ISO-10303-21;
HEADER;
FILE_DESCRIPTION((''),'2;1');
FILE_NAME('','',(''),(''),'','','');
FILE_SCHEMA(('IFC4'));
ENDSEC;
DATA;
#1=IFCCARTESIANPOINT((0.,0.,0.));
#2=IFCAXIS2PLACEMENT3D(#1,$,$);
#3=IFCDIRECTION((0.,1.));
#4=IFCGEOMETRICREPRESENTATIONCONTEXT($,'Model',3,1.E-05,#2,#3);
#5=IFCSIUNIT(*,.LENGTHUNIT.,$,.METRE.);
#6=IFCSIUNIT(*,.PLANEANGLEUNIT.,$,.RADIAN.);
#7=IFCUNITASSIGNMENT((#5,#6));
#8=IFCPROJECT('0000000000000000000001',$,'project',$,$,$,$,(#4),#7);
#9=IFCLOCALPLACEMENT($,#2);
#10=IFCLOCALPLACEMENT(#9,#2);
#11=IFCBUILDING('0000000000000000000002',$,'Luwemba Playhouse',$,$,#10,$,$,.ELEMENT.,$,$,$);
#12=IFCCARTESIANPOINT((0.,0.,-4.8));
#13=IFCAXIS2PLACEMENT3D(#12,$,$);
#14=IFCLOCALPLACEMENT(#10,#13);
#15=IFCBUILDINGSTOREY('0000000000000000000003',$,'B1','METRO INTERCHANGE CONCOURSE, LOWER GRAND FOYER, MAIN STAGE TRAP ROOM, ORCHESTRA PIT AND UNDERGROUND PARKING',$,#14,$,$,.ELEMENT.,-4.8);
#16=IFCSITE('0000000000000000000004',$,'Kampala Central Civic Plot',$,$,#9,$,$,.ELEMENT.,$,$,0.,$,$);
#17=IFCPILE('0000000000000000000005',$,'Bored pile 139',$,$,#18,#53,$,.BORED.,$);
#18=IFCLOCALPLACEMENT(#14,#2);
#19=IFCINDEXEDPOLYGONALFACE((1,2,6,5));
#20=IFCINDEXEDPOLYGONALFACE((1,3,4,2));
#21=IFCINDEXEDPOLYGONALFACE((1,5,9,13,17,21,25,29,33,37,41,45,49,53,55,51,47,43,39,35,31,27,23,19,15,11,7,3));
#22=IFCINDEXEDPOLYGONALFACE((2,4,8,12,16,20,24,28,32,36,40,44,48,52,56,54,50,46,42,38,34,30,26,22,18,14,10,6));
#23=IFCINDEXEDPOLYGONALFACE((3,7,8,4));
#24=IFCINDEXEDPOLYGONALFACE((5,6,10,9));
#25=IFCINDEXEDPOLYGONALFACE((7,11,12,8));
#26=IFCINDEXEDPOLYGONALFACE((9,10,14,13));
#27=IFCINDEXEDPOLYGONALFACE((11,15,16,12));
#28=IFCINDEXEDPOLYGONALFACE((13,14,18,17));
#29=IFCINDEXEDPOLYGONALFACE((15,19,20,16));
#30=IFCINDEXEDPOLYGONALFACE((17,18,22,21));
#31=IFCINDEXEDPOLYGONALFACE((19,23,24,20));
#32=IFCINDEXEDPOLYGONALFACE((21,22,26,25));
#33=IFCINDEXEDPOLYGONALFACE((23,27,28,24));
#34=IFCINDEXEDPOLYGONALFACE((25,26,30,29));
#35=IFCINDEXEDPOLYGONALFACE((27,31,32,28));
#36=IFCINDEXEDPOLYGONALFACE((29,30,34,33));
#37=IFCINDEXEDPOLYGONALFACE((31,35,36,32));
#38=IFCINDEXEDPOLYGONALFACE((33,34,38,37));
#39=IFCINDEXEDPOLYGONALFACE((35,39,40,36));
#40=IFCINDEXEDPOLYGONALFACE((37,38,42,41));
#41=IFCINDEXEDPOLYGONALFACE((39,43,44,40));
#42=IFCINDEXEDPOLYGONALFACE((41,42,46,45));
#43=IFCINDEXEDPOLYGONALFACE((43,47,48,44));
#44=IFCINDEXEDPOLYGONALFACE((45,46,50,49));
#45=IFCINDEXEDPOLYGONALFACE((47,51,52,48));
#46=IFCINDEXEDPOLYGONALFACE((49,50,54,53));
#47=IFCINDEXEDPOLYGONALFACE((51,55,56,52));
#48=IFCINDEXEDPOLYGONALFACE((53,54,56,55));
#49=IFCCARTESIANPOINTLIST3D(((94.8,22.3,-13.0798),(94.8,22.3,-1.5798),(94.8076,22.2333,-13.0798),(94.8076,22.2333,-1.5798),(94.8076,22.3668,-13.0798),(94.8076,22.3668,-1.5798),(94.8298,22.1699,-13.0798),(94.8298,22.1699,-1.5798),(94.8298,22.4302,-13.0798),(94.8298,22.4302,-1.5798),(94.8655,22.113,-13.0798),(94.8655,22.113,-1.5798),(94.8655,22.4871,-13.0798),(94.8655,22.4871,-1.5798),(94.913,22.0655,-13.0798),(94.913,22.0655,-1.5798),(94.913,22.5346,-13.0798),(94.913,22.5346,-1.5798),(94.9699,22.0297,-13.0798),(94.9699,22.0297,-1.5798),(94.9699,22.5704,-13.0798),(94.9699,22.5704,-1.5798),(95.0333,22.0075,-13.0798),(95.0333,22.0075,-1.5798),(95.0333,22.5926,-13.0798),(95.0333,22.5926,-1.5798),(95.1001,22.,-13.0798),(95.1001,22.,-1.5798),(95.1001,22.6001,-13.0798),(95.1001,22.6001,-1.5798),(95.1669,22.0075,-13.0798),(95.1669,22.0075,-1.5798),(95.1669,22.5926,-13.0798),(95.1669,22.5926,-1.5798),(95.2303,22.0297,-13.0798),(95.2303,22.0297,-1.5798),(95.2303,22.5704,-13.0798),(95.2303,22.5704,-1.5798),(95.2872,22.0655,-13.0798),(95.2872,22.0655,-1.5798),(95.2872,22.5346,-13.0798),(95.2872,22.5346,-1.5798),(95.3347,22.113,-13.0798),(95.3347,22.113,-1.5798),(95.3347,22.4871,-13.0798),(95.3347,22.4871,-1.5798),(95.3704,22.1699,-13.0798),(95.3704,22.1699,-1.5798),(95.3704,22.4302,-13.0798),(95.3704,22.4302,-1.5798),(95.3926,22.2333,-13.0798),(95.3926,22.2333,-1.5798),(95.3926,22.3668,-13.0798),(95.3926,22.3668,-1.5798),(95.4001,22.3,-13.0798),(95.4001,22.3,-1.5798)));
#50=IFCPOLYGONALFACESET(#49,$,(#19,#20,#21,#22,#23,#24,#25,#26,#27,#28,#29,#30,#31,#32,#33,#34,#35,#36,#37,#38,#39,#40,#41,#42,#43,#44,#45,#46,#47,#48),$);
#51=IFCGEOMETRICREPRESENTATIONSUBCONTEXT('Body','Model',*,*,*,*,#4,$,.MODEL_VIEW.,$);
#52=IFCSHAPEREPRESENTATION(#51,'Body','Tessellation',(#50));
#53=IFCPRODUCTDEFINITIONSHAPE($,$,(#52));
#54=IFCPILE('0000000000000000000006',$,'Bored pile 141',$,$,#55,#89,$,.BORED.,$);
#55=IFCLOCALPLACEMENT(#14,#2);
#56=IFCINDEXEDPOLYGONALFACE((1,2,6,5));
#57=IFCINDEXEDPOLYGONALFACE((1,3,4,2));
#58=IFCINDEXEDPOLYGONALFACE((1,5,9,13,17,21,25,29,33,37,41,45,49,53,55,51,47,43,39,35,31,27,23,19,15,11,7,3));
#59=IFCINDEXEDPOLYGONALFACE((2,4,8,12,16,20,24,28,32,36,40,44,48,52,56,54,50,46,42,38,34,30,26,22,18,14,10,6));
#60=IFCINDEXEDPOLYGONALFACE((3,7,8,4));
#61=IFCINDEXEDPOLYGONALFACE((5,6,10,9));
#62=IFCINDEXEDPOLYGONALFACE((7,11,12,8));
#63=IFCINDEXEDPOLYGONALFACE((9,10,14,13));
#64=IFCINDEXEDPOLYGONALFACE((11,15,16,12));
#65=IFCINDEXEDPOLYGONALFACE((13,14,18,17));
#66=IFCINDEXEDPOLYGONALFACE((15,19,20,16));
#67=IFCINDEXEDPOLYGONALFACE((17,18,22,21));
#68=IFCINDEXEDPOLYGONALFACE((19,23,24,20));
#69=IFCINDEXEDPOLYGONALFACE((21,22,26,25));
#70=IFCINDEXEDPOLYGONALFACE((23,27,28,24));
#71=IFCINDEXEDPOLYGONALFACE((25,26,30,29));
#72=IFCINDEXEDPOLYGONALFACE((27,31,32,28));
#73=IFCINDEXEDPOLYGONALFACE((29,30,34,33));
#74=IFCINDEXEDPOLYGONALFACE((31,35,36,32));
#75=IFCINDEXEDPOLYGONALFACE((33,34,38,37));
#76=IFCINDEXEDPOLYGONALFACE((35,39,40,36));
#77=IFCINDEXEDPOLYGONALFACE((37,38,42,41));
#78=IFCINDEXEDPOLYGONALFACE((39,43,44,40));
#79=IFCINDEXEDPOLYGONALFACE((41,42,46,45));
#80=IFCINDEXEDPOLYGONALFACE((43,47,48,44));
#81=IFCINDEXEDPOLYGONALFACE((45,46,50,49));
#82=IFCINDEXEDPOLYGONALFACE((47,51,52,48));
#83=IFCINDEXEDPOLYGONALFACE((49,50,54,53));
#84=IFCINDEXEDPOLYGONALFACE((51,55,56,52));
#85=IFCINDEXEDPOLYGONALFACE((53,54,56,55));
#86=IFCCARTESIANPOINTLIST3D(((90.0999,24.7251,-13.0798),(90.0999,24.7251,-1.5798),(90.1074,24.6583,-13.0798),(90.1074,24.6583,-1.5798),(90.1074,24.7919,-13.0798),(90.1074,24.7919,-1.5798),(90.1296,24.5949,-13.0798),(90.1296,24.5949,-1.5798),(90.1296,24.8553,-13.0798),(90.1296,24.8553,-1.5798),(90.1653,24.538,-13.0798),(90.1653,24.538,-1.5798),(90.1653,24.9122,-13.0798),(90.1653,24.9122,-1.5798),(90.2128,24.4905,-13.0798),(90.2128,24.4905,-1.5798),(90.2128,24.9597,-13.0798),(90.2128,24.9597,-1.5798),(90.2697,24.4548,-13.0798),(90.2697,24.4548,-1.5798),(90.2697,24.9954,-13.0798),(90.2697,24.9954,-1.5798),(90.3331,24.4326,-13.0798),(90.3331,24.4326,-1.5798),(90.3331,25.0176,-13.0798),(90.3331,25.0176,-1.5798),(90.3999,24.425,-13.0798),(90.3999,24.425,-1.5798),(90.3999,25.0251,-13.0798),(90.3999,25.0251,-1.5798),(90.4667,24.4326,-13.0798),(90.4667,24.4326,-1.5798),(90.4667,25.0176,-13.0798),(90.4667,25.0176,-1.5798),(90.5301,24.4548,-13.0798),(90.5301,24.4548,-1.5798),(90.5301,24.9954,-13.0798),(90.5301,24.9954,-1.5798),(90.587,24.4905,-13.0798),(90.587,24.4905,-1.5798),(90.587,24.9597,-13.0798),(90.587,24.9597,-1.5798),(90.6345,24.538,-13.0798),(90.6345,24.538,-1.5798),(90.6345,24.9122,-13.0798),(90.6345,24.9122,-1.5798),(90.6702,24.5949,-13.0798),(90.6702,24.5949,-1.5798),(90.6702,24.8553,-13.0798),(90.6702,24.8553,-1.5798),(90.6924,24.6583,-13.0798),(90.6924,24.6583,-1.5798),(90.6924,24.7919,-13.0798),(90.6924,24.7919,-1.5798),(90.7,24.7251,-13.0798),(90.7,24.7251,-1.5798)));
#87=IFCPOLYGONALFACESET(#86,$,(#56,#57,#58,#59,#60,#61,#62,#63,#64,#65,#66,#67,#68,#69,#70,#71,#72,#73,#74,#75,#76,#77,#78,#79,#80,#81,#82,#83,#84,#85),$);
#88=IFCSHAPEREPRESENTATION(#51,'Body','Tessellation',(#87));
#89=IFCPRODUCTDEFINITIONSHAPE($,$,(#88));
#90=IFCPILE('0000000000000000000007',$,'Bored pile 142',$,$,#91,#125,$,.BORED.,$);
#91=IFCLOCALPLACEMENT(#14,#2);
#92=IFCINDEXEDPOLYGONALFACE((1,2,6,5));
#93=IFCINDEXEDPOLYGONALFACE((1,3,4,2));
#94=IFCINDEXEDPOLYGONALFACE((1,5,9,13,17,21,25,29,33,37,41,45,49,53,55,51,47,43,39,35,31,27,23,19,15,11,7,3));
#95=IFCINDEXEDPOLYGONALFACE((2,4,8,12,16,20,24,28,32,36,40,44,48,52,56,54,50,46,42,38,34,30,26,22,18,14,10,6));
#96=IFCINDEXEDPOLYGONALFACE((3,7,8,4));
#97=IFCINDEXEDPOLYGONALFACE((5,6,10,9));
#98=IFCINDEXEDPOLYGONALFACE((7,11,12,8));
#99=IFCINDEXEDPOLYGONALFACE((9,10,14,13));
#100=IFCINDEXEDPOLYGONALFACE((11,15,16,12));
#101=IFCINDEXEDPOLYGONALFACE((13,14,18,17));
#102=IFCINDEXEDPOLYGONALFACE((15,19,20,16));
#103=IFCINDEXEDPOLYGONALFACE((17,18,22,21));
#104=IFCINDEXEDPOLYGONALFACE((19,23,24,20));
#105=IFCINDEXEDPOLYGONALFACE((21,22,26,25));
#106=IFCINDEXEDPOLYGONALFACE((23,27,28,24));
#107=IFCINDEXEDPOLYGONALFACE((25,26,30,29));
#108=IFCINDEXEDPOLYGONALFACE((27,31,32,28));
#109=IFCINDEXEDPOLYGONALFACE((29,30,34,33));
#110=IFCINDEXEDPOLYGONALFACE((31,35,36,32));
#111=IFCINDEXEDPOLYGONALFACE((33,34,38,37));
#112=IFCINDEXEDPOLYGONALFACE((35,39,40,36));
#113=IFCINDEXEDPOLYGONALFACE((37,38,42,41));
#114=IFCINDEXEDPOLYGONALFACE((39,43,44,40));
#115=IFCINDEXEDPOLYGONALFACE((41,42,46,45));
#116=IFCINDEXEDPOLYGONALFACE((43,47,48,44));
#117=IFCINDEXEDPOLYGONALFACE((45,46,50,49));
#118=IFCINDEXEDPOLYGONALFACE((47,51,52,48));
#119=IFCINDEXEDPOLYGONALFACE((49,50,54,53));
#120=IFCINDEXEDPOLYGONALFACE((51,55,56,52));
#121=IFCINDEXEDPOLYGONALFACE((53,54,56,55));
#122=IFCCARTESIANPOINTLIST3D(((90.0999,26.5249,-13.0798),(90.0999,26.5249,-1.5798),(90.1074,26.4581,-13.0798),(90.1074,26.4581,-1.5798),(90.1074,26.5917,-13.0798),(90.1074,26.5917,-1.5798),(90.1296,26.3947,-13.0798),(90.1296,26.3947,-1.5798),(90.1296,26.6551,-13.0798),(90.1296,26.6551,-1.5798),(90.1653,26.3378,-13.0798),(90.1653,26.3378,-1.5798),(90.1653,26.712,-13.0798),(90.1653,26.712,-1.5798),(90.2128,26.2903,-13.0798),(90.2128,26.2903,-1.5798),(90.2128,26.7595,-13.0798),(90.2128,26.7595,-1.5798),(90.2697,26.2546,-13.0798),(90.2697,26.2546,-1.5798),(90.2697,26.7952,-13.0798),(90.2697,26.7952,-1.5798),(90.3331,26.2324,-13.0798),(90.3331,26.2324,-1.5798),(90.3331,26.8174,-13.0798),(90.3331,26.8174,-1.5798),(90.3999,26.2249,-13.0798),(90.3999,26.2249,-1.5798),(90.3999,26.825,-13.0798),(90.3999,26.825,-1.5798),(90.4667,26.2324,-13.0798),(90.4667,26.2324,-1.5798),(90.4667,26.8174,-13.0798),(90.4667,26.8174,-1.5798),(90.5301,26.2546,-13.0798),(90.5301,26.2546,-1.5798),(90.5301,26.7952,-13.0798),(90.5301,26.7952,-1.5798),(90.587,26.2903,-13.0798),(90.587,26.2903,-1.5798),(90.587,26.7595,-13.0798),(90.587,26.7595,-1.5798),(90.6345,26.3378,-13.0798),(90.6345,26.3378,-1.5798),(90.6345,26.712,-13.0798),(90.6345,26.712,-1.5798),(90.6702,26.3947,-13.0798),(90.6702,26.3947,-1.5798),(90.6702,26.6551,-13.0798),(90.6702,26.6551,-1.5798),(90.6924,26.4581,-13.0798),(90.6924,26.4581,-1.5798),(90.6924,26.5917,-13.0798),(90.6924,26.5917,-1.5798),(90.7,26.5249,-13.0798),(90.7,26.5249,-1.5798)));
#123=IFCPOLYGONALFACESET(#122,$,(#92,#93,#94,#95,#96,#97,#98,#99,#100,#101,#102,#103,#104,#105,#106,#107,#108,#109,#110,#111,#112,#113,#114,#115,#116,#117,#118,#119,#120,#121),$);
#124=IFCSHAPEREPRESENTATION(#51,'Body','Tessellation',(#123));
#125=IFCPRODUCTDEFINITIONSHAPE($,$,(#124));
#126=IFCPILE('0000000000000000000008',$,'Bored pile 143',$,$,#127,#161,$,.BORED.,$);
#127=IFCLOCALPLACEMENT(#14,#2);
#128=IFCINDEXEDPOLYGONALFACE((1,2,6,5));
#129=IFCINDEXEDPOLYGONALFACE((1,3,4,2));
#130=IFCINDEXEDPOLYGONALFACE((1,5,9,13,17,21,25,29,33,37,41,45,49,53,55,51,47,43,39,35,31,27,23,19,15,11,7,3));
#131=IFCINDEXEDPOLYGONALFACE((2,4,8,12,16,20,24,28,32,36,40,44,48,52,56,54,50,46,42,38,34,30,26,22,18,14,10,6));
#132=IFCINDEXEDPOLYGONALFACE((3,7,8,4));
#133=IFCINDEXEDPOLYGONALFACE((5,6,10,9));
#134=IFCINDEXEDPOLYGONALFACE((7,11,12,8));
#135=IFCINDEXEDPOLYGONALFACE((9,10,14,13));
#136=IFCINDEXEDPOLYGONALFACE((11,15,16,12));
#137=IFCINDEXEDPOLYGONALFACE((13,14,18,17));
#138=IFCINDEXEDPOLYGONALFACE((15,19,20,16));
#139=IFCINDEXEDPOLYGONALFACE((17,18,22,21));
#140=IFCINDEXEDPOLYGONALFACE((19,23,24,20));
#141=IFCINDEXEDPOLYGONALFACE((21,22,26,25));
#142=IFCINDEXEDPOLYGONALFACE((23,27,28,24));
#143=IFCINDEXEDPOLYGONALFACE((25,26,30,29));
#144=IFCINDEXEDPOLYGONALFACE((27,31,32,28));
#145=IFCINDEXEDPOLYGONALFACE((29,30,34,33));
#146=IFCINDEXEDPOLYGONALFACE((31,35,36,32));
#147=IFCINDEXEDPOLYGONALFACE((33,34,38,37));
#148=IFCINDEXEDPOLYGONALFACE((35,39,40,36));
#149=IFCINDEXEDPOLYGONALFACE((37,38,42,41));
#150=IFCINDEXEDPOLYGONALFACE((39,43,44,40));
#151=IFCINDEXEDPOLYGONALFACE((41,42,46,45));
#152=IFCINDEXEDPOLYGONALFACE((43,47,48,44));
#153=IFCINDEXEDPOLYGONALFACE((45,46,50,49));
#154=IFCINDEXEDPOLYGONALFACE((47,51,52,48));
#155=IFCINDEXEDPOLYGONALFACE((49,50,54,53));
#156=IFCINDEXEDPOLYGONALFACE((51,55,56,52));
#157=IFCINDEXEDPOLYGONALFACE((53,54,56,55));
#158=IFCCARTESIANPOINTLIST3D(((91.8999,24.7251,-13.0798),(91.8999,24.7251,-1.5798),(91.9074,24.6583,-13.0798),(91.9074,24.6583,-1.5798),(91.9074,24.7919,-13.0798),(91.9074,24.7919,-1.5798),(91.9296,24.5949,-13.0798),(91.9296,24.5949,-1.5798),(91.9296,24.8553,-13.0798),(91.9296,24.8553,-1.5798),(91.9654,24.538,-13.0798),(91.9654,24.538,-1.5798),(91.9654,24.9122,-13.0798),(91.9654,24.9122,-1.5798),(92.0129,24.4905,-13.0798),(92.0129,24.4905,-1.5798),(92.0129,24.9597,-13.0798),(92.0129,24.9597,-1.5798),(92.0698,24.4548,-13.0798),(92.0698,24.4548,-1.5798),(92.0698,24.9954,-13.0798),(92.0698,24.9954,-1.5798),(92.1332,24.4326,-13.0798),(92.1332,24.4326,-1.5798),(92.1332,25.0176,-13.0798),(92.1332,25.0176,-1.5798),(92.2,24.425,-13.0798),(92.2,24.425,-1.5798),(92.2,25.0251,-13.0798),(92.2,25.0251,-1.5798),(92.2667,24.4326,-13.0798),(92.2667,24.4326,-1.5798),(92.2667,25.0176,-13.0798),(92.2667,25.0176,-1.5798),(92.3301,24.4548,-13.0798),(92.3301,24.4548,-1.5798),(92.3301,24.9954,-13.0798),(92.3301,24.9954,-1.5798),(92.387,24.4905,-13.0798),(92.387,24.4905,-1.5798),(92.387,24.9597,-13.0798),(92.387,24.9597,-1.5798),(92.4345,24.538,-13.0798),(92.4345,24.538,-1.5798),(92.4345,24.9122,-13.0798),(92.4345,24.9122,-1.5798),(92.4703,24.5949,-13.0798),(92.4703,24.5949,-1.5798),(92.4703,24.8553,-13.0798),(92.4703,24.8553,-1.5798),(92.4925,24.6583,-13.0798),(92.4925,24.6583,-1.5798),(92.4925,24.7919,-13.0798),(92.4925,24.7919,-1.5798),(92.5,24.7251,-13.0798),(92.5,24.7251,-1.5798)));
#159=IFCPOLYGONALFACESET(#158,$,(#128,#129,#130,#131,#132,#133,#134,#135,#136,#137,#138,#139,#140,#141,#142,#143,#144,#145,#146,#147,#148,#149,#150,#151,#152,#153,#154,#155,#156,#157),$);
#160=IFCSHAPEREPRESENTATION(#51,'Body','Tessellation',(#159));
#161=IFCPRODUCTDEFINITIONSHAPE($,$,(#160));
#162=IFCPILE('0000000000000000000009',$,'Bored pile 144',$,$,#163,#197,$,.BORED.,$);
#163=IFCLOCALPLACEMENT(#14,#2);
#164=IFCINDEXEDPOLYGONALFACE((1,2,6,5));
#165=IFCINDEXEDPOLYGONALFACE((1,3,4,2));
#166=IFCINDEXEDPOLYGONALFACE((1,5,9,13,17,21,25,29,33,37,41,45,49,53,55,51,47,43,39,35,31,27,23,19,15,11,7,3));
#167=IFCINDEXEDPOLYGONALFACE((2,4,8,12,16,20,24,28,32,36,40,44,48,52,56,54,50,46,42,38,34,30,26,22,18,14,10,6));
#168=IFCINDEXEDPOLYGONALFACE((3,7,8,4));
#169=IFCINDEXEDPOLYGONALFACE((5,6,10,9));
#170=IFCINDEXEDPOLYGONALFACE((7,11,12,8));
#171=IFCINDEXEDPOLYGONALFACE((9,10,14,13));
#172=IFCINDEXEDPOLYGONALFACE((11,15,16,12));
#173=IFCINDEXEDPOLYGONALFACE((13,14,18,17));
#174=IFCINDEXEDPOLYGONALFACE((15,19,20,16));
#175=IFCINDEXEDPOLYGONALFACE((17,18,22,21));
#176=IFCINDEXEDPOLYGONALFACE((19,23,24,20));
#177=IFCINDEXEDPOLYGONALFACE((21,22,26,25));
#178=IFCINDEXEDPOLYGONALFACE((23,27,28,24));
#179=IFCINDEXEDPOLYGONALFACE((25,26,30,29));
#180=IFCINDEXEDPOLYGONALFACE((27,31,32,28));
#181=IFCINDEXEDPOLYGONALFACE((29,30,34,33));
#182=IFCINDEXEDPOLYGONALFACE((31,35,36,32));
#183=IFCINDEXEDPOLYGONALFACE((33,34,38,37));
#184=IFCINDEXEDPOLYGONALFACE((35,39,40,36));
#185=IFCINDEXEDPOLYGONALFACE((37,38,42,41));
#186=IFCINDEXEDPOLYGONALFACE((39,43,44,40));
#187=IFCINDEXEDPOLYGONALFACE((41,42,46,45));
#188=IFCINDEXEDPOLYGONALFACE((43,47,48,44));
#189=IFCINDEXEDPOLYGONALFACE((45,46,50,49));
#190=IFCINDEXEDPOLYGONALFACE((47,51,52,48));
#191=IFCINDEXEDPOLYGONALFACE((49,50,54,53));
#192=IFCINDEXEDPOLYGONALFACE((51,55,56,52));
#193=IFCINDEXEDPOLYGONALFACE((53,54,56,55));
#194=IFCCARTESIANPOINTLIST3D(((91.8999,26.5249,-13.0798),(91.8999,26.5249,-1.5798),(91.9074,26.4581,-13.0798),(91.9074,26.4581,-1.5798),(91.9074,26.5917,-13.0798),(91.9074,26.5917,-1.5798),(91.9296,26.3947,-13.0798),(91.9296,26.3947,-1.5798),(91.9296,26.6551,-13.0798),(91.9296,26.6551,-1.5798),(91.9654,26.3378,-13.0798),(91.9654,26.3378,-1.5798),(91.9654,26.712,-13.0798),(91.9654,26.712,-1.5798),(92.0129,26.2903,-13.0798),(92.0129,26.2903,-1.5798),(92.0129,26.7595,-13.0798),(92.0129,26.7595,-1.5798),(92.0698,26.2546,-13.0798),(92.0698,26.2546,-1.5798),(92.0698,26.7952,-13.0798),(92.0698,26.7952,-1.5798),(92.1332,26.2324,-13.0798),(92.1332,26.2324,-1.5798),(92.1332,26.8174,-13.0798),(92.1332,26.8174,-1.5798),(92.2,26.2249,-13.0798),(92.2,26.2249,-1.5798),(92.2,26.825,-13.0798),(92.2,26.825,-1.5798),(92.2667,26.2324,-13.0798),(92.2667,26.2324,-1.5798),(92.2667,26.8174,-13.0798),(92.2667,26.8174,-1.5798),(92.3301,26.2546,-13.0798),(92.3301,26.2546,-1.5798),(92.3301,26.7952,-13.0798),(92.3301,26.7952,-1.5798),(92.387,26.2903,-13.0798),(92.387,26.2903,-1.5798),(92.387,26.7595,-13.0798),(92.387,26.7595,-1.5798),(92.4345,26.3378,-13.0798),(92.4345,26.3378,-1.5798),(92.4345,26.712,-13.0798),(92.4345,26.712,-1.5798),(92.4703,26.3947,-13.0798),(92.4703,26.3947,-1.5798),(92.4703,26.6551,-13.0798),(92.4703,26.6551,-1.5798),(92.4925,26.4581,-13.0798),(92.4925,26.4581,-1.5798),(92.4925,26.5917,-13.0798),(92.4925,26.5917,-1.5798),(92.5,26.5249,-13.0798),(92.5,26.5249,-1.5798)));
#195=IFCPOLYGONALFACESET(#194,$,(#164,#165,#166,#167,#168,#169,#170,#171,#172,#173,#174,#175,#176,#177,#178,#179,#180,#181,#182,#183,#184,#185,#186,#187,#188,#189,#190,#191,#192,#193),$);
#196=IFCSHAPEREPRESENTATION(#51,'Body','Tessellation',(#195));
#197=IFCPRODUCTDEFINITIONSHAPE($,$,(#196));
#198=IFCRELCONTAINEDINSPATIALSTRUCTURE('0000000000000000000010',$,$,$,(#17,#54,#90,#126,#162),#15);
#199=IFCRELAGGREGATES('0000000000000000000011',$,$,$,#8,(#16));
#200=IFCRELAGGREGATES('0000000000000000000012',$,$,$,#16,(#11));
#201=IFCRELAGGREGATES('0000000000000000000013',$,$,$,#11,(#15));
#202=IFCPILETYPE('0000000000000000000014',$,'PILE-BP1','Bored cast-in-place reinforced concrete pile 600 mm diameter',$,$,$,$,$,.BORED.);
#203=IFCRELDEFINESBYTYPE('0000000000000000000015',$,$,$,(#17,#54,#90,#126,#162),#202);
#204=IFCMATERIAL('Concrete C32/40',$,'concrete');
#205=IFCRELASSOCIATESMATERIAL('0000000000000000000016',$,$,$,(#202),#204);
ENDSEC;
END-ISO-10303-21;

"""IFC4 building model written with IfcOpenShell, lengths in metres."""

from ifc_helpers import new_model, si_unit, direction, frame, origin, origin_2d, place, context, subcontext, project, spatial, circle, extrude, material, material_profile, profile_set, type_object, element, save


model = new_model("IFC4")

# Units and contexts
model_context = context("Model", 3, precision=1e-05, world=origin(), true_north=direction((0.0, 1.0)))
body_context = subcontext(model_context, "Body", "Model", "MODEL_VIEW")
ifc_project = project(units=[si_unit("LENGTHUNIT", "METRE"), si_unit("PLANEANGLEUNIT", "RADIAN")], contexts=[model_context])

# Site, building, storey
site_placement = place(None, origin())
site = spatial("IfcSite", under=ifc_project, at=site_placement, Name="Kampala Central Civic Plot", CompositionType="ELEMENT", RefElevation=0.0)
building_placement = place(site_placement, origin())
building = spatial("IfcBuilding", under=site, at=building_placement, Name="Luwemba Playhouse", CompositionType="ELEMENT")
storey_placement = place(building_placement, frame((0.0, 0.0, -4.8)))
storey = spatial("IfcBuildingStorey", under=building, at=storey_placement, Name="B1", Description="METRO INTERCHANGE CONCOURSE, LOWER GRAND FOYER, MAIN STAGE TRAP ROOM, ORCHESTRA PIT AND UNDERGROUND PARKING", CompositionType="ELEMENT", Elevation=-4.8)

# Shared definitions
ifc_material_1 = material(Name="Concrete C32/40", Category="concrete")

# Piles
ifc_material_profile_1 = material_profile(ifc_material_1, circle(Radius=0.3, at=origin_2d()))
ifc_profile_set_1 = profile_set([ifc_material_profile_1], Name="Concrete C32/40")
pile_type = type_object("IfcPileType", Name="PILE-BP1", Description="Bored cast-in-place reinforced concrete pile 600 mm diameter", PredefinedType="BORED", material=ifc_profile_set_1)
for number, where, z_axis, x_axis, name in (
    (1, (95.1001, 22.3, -1.5798), (0.0, 0.0, -1.0), (1.0, 0.0, 0.0), "Bored pile 139"),
    (2, (90.3999, 24.7251, -1.5798), (0.0, 0.0, -1.0), (1.0, 0.0, 0.0), "Bored pile 141"),
    (3, (90.3999, 26.5249, -1.5798), (0.0, 0.0, -1.0), (1.0, 0.0, 0.0), "Bored pile 142"),
    (4, (92.2, 24.7251, -1.5798), (0.0, 0.0, -1.0), (1.0, 0.0, 0.0), "Bored pile 143"),
    (5, (92.2, 26.5249, -1.5798), (0.0, 0.0, -1.0), (1.0, 0.0, 0.0), "Bored pile 144"),
):
    element("IfcPile", number, at=place(storey_placement, frame(where, z_axis=z_axis, x_axis=x_axis)), inside=storey, type_object=pile_type, Name=name, PredefinedType="BORED", context=body_context, shape_type="SweptSolid", body=[
        extrude(circle(Radius=0.3, at=origin_2d()), origin(), (0.0, 0.0, 1.0), 11.5),
    ])

save(model, "model.ifc")
